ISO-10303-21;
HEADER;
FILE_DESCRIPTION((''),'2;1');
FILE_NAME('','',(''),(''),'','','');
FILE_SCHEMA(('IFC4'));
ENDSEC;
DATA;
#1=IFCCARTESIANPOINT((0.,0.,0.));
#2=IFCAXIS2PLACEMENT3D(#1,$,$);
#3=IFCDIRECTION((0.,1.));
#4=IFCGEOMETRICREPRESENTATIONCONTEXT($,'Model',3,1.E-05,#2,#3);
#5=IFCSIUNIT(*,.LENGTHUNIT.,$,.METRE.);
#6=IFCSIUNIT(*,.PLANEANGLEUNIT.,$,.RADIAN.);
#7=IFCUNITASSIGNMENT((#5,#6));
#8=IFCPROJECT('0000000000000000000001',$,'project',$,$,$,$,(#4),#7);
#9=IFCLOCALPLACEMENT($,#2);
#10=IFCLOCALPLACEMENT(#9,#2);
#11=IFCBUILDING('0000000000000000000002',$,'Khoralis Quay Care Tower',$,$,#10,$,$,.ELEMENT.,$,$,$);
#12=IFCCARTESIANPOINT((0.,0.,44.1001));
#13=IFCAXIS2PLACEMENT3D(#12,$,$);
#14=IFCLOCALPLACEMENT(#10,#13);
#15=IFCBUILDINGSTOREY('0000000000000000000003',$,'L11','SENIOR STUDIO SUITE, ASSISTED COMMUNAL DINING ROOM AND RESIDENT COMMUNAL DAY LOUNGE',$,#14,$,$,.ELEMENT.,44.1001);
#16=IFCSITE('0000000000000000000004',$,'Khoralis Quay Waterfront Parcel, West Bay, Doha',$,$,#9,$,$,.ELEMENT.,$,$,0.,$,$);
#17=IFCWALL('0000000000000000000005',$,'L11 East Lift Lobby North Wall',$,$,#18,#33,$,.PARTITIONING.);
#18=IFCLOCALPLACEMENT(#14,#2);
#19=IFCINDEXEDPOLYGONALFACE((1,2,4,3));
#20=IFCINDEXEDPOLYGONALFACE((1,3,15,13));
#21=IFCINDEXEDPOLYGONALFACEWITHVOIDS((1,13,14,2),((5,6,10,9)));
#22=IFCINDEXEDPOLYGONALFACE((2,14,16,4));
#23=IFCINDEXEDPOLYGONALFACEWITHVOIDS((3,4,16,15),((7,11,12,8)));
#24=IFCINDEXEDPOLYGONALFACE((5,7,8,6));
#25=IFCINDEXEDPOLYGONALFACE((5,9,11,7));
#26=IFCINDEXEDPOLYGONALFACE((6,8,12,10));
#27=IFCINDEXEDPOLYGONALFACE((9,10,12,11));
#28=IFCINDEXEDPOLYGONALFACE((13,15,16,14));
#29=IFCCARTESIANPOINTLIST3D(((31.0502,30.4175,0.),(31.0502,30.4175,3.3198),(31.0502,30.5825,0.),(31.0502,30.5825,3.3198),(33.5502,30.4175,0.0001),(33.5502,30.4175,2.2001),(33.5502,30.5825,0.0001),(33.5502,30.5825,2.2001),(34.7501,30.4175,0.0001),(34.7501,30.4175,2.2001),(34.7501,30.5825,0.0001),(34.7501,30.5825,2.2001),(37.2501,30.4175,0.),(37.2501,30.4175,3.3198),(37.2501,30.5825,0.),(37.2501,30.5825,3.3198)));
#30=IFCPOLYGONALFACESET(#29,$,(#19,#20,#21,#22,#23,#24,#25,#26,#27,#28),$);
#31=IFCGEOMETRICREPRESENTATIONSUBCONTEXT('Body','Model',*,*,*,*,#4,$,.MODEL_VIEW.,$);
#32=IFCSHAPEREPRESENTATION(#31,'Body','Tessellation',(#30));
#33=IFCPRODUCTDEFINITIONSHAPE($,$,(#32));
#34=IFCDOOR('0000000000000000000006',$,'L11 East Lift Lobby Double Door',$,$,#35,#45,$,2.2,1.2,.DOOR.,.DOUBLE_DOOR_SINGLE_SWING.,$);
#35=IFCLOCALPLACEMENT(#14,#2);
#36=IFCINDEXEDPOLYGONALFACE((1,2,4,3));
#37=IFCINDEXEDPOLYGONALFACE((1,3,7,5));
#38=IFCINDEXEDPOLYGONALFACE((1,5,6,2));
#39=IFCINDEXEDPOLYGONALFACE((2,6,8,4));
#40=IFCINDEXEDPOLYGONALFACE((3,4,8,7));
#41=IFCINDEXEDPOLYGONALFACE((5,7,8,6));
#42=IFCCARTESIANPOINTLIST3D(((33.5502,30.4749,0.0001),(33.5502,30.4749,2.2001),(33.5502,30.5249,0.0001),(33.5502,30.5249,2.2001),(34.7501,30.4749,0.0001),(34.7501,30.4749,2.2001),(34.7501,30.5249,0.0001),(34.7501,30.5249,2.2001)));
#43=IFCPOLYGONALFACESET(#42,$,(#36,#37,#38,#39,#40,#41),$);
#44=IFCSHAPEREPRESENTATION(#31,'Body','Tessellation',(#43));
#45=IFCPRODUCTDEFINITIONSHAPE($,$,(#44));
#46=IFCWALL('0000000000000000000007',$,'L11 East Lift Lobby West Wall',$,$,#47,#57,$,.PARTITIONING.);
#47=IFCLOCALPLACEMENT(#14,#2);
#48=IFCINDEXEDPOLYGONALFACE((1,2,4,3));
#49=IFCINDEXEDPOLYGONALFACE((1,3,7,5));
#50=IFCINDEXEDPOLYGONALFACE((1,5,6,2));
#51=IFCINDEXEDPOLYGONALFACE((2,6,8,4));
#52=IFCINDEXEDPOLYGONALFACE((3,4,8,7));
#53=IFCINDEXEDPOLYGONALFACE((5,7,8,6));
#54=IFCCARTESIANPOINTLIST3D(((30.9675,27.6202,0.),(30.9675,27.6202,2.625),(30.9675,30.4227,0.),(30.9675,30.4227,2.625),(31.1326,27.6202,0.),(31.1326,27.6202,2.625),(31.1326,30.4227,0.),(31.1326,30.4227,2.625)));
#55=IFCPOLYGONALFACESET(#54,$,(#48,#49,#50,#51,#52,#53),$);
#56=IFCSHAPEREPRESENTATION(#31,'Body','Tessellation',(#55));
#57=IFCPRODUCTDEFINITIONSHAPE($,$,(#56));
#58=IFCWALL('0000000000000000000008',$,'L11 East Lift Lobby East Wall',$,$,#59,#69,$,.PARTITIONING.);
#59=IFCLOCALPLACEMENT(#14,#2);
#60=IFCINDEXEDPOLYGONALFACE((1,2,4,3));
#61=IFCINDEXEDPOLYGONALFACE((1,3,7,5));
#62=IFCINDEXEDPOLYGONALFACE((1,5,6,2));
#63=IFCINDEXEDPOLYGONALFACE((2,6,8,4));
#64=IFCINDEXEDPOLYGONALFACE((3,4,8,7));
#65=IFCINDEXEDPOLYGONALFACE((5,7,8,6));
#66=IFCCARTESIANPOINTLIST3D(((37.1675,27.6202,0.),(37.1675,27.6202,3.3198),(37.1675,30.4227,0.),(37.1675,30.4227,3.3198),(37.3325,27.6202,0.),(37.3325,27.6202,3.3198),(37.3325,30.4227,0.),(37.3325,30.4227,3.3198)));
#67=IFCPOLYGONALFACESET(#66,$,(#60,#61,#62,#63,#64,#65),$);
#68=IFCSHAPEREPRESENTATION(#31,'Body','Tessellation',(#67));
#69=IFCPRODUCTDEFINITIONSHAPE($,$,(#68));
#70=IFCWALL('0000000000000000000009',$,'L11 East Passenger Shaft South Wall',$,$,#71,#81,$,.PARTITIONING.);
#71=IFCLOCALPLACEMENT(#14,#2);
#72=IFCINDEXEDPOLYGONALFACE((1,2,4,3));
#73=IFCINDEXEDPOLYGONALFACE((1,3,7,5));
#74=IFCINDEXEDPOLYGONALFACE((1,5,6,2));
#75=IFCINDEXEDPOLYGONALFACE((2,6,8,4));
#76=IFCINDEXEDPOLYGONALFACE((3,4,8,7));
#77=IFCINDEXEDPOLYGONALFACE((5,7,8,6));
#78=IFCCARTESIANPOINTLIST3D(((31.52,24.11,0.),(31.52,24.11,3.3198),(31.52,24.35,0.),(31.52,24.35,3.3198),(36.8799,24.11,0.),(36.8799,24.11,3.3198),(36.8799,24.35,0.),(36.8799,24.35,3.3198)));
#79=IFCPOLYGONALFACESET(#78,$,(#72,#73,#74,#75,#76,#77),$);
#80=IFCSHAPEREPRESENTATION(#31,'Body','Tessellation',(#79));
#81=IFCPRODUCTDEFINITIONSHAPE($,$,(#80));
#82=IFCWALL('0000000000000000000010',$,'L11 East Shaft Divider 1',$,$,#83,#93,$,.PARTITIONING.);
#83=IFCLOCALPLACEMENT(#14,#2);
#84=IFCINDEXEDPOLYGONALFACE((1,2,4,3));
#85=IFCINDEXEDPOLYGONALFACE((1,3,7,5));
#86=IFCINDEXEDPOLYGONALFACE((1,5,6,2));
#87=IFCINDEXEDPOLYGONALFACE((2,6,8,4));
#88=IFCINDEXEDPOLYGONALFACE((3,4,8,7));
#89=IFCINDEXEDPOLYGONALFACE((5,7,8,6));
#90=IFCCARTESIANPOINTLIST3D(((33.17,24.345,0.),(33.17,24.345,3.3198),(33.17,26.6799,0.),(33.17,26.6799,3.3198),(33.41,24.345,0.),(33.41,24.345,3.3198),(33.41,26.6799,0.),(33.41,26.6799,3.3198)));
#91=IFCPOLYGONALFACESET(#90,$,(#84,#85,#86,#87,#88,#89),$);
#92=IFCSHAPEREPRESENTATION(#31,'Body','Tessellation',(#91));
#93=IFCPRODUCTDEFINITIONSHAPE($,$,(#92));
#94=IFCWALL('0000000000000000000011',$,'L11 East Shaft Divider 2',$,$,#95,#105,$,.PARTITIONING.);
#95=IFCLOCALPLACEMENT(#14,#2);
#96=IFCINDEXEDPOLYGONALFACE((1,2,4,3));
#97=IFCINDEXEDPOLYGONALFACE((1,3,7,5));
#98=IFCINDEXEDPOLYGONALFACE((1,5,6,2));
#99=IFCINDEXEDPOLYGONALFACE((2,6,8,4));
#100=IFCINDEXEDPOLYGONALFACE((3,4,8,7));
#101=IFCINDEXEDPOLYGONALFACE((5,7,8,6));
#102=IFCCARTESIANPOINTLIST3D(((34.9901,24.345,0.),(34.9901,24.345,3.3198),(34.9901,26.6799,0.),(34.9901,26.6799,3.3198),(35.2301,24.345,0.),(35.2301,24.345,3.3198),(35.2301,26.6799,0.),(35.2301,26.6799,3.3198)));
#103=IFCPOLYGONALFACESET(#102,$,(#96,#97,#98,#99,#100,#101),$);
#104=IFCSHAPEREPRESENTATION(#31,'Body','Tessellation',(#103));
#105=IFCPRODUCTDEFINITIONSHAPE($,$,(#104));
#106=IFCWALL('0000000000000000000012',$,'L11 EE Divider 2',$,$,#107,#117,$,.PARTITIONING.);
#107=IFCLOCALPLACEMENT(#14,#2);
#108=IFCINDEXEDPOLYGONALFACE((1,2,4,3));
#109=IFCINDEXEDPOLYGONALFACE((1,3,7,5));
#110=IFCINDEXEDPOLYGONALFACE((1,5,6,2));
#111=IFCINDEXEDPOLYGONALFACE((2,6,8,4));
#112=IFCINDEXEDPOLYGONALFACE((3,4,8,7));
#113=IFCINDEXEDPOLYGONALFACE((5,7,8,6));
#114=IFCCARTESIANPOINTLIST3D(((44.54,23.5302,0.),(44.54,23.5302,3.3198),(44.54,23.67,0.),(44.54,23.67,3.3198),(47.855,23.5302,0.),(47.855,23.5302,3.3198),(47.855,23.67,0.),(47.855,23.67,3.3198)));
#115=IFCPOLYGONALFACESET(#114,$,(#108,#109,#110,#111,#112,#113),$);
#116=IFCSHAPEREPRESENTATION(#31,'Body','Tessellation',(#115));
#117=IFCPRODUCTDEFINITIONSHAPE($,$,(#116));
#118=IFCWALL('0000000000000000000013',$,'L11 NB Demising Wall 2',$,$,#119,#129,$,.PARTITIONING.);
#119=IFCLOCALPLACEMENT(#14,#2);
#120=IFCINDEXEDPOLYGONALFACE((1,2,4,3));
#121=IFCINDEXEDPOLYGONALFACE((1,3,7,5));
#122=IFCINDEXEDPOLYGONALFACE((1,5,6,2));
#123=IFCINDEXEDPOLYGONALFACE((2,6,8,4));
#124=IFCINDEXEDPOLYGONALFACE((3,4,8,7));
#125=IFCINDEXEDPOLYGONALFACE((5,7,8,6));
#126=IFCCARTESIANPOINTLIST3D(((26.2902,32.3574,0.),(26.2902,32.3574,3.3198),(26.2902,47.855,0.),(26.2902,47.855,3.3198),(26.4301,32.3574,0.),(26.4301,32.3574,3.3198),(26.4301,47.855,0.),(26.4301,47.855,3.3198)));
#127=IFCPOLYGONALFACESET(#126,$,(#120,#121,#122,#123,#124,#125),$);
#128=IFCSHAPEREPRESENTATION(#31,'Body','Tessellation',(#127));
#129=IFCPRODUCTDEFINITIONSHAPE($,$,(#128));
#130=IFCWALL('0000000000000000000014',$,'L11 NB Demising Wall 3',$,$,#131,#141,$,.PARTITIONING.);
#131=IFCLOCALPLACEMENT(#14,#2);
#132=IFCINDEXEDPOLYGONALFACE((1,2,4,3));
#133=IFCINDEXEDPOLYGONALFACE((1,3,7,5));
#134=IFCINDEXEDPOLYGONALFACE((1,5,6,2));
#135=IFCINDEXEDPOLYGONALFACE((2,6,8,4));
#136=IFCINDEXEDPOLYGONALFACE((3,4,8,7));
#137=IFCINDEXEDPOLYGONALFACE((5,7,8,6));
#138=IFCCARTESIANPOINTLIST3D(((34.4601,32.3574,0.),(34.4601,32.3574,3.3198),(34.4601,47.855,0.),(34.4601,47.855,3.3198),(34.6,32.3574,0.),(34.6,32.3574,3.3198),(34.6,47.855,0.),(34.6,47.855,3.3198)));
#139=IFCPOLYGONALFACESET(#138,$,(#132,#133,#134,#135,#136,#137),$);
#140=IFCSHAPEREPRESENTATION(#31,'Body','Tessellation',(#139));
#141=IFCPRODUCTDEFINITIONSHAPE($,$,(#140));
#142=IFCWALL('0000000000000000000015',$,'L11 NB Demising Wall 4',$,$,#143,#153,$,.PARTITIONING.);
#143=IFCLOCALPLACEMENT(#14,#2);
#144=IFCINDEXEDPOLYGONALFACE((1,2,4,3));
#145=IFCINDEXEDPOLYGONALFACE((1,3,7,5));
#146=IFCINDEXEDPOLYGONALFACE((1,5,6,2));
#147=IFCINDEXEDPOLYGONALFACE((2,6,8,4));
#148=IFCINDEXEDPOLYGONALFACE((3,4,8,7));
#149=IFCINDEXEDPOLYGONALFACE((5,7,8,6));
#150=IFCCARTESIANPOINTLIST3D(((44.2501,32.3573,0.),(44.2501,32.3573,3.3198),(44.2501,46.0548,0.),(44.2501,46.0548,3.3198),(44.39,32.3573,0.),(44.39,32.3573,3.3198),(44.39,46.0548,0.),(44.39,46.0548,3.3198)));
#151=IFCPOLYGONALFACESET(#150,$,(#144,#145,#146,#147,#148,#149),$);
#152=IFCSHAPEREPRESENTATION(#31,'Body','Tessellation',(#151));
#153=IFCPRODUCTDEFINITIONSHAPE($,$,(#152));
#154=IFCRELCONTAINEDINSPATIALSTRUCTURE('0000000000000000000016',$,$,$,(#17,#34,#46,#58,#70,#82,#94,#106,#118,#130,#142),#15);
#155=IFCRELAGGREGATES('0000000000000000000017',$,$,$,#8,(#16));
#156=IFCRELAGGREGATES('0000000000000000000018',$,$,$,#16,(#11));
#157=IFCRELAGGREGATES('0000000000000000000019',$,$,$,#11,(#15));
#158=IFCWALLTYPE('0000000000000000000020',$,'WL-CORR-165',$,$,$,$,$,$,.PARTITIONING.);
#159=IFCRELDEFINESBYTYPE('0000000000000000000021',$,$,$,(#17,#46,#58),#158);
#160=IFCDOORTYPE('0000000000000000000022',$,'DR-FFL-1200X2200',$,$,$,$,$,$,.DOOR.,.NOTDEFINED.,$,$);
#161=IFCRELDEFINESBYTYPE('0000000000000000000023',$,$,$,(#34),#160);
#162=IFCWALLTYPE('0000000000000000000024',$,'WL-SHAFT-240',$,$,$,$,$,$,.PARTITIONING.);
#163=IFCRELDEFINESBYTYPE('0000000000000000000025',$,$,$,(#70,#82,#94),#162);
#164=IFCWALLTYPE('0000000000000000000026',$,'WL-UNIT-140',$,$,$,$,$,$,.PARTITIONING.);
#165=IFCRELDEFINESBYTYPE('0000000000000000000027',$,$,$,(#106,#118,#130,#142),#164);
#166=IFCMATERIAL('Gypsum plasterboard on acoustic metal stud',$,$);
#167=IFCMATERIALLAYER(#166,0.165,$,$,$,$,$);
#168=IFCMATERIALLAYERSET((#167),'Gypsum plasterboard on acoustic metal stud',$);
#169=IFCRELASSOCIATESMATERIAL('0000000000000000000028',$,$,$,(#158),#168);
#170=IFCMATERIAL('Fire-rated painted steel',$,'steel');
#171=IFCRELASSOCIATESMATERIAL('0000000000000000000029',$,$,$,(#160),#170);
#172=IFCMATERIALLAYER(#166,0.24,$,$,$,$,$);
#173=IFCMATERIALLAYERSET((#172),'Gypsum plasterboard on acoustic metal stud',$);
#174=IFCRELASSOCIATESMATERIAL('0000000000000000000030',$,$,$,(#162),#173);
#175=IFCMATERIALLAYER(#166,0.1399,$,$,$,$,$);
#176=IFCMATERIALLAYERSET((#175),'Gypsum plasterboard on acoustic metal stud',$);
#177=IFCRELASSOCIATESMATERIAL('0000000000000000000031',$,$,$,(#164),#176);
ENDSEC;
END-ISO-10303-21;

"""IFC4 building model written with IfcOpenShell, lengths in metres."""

from ifc_helpers import new_model, si_unit, direction, frame, frame_2d, origin, place, context, subcontext, project, spatial, rectangle, extrude, source, transform, mapped, material, layer, layer_set, type_object, element, fill, save


model = new_model("IFC4")

# Units and contexts
model_context = context("Model", 3, precision=1e-05, world=origin(), true_north=direction((0.0, 1.0)))
body_context = subcontext(model_context, "Body", "Model", "MODEL_VIEW")
ifc_project = project(units=[si_unit("LENGTHUNIT", "METRE"), si_unit("PLANEANGLEUNIT", "RADIAN")], contexts=[model_context])

# Site, building, storey
site_placement = place(None, origin())
site = spatial("IfcSite", under=ifc_project, at=site_placement, Name="Khoralis Quay Waterfront Parcel, West Bay, Doha", CompositionType="ELEMENT", RefElevation=0.0)
building_placement = place(site_placement, origin())
building = spatial("IfcBuilding", under=site, at=building_placement, Name="Khoralis Quay Care Tower", CompositionType="ELEMENT")
storey_placement = place(building_placement, frame((0.0, 0.0, 44.1001)))
storey = spatial("IfcBuildingStorey", under=building, at=storey_placement, Name="L11", Description="SENIOR STUDIO SUITE, ASSISTED COMMUNAL DINING ROOM AND RESIDENT COMMUNAL DAY LOUNGE", CompositionType="ELEMENT", Elevation=44.1001)

# Wall, opening, door
ifc_material_1 = material(Name="Gypsum plasterboard on acoustic metal stud")
ifc_layer_1 = layer(ifc_material_1, 0.165)
ifc_layer_set_1 = layer_set([ifc_layer_1], Name="Gypsum plasterboard on acoustic metal stud")
wall_type_1 = type_object("IfcWallType", Name="WL-CORR-165", PredefinedType="PARTITIONING", material=ifc_layer_set_1)
wall_1_placement = place(storey_placement, frame((31.05, 30.5, 0.0), z_axis=(0.0, 0.0, 1.0), x_axis=(1.0, 0.0, 0.0)))
wall_1 = element("IfcWall", 1, at=wall_1_placement, inside=storey, type_object=wall_type_1, Name="L11 East Lift Lobby North Wall", PredefinedType="PARTITIONING", context=body_context, shape_type="SweptSolid", body=[
    extrude(rectangle(XDim=6.2, YDim=0.165, at=frame_2d((3.1001, 0.0))), origin(), (0.0, 0.0, 1.0), 3.3198),
])
opening_1_placement = place(wall_1_placement, frame((2.5, 0.0, 0.0)))
opening_1 = element("IfcOpeningElement", 2, at=opening_1_placement, cuts=wall_1, PredefinedType="OPENING", context=body_context, shape_type="SweptSolid", body=[
    extrude(rectangle(XDim=1.2, YDim=2.2, at=frame_2d((0.6001, 1.1001))), frame((0.0, 0.0925, 0.0), z_axis=(0.0, -1.0, 0.0), x_axis=(1.0, 0.0, 0.0)), (0.0, 0.0, 1.0), 0.1851),
])
ifc_material_2 = material(Name="Fire-rated painted steel", Category="steel")
door_type_1 = type_object("IfcDoorType", Name="DR-FFL-1200X2200", OperationType="NOTDEFINED", PredefinedType="DOOR", material=ifc_material_2)
shared_shape_1 = source(origin(), body_context, "Body", "SweptSolid", [
    extrude(rectangle(XDim=1.2, YDim=2.2, at=frame_2d((0.6001, 1.1001))), frame((0.0, 0.0249, 0.0), z_axis=(0.0, -1.0, 0.0), x_axis=(1.0, 0.0, 0.0)), (0.0, 0.0, 1.0), 0.05),
])
door_1_placement = place(opening_1_placement, origin())
door_1 = element("IfcDoor", 3, at=door_1_placement, inside=storey, type_object=door_type_1, Name="L11 East Lift Lobby Double Door", OperationType="DOUBLE_DOOR_SINGLE_SWING", OverallHeight=2.2, OverallWidth=1.2, PredefinedType="DOOR", context=body_context, shape_type="MappedRepresentation", body=[
    mapped(shared_shape_1, transform((0.0, 0.0, 0.0), scale=1.0)),
])
fill(opening_1, door_1)

# Walls
wall_2_placement = place(storey_placement, frame((31.05, 27.6201, 0.0), z_axis=(0.0, 0.0, 1.0), x_axis=(0.0, 1.0, 0.0)))
element("IfcWall", 4, at=wall_2_placement, inside=storey, type_object=wall_type_1, Name="L11 East Lift Lobby West Wall", PredefinedType="PARTITIONING", context=body_context, shape_type="SweptSolid", body=[
    extrude(rectangle(XDim=2.8025, YDim=0.165, at=frame_2d((1.4014, 0.0))), origin(), (0.0, 0.0, 1.0), 2.625),
])
wall_3_placement = place(storey_placement, frame((37.25, 27.6201, 0.0), z_axis=(0.0, 0.0, 1.0), x_axis=(0.0, 1.0, 0.0)))
element("IfcWall", 5, at=wall_3_placement, inside=storey, type_object=wall_type_1, Name="L11 East Lift Lobby East Wall", PredefinedType="PARTITIONING", context=body_context, shape_type="SweptSolid", body=[
    extrude(rectangle(XDim=2.8025, YDim=0.165, at=frame_2d((1.4014, 0.0))), origin(), (0.0, 0.0, 1.0), 3.3198),
])
ifc_layer_2 = layer(ifc_material_1, 0.24)
ifc_layer_set_2 = layer_set([ifc_layer_2], Name="Gypsum plasterboard on acoustic metal stud")
wall_type_2 = type_object("IfcWallType", Name="WL-SHAFT-240", PredefinedType="PARTITIONING", material=ifc_layer_set_2)
wall_4_placement = place(storey_placement, frame((31.52, 24.23, 0.0), z_axis=(0.0, 0.0, 1.0), x_axis=(1.0, 0.0, 0.0)))
element("IfcWall", 6, at=wall_4_placement, inside=storey, type_object=wall_type_2, Name="L11 East Passenger Shaft South Wall", PredefinedType="PARTITIONING", context=body_context, shape_type="SweptSolid", body=[
    extrude(rectangle(XDim=5.3599, YDim=0.24, at=frame_2d((2.6799, 0.0))), origin(), (0.0, 0.0, 1.0), 3.3198),
])
for number, where, z_axis, x_axis, name in (
    (7, (33.29, 24.345, 0.0), (0.0, 0.0, 1.0), (0.0, 1.0, 0.0), "L11 East Shaft Divider 1"),
    (8, (35.1101, 24.345, 0.0), (0.0, 0.0, 1.0), (0.0, 1.0, 0.0), "L11 East Shaft Divider 2"),
):
    element("IfcWall", number, at=place(storey_placement, frame(where, z_axis=z_axis, x_axis=x_axis)), inside=storey, type_object=wall_type_2, Name=name, PredefinedType="PARTITIONING", context=body_context, shape_type="SweptSolid", body=[
        extrude(rectangle(XDim=2.335, YDim=0.24, at=frame_2d((1.1675, 0.0))), origin(), (0.0, 0.0, 1.0), 3.3198),
    ])
ifc_layer_3 = layer(ifc_material_1, 0.1399)
ifc_layer_set_3 = layer_set([ifc_layer_3], Name="Gypsum plasterboard on acoustic metal stud")
wall_type_3 = type_object("IfcWallType", Name="WL-UNIT-140", PredefinedType="PARTITIONING", material=ifc_layer_set_3)
wall_5_placement = place(storey_placement, frame((44.54, 23.6001, 0.0), z_axis=(0.0, 0.0, 1.0), x_axis=(1.0, 0.0, 0.0)))
element("IfcWall", 9, at=wall_5_placement, inside=storey, type_object=wall_type_3, Name="L11 EE Divider 2", PredefinedType="PARTITIONING", context=body_context, shape_type="SweptSolid", body=[
    extrude(rectangle(XDim=3.3149, YDim=0.1399, at=frame_2d((1.6575, 0.0))), origin(), (0.0, 0.0, 1.0), 3.3198),
])
for number, where, z_axis, x_axis, name in (
    (10, (26.3601, 32.3574, 0.0), (0.0, 0.0, 1.0), (0.0, 1.0, 0.0), "L11 NB Demising Wall 2"),
    (11, (34.53, 32.3574, 0.0), (0.0, 0.0, 1.0), (0.0, 1.0, 0.0), "L11 NB Demising Wall 3"),
):
    element("IfcWall", number, at=place(storey_placement, frame(where, z_axis=z_axis, x_axis=x_axis)), inside=storey, type_object=wall_type_3, Name=name, PredefinedType="PARTITIONING", context=body_context, shape_type="SweptSolid", body=[
        extrude(rectangle(XDim=15.4976, YDim=0.1399, at=frame_2d((7.7488, 0.0))), origin(), (0.0, 0.0, 1.0), 3.3198),
    ])
wall_6_placement = place(storey_placement, frame((44.3201, 32.3574, 0.0), z_axis=(0.0, 0.0, 1.0), x_axis=(0.0, 1.0, 0.0)))
element("IfcWall", 12, at=wall_6_placement, inside=storey, type_object=wall_type_3, Name="L11 NB Demising Wall 4", PredefinedType="PARTITIONING", context=body_context, shape_type="SweptSolid", body=[
    extrude(rectangle(XDim=13.6975, YDim=0.1399, at=frame_2d((6.8486, 0.0))), origin(), (0.0, 0.0, 1.0), 3.3198),
])

save(model, "model.ifc")
